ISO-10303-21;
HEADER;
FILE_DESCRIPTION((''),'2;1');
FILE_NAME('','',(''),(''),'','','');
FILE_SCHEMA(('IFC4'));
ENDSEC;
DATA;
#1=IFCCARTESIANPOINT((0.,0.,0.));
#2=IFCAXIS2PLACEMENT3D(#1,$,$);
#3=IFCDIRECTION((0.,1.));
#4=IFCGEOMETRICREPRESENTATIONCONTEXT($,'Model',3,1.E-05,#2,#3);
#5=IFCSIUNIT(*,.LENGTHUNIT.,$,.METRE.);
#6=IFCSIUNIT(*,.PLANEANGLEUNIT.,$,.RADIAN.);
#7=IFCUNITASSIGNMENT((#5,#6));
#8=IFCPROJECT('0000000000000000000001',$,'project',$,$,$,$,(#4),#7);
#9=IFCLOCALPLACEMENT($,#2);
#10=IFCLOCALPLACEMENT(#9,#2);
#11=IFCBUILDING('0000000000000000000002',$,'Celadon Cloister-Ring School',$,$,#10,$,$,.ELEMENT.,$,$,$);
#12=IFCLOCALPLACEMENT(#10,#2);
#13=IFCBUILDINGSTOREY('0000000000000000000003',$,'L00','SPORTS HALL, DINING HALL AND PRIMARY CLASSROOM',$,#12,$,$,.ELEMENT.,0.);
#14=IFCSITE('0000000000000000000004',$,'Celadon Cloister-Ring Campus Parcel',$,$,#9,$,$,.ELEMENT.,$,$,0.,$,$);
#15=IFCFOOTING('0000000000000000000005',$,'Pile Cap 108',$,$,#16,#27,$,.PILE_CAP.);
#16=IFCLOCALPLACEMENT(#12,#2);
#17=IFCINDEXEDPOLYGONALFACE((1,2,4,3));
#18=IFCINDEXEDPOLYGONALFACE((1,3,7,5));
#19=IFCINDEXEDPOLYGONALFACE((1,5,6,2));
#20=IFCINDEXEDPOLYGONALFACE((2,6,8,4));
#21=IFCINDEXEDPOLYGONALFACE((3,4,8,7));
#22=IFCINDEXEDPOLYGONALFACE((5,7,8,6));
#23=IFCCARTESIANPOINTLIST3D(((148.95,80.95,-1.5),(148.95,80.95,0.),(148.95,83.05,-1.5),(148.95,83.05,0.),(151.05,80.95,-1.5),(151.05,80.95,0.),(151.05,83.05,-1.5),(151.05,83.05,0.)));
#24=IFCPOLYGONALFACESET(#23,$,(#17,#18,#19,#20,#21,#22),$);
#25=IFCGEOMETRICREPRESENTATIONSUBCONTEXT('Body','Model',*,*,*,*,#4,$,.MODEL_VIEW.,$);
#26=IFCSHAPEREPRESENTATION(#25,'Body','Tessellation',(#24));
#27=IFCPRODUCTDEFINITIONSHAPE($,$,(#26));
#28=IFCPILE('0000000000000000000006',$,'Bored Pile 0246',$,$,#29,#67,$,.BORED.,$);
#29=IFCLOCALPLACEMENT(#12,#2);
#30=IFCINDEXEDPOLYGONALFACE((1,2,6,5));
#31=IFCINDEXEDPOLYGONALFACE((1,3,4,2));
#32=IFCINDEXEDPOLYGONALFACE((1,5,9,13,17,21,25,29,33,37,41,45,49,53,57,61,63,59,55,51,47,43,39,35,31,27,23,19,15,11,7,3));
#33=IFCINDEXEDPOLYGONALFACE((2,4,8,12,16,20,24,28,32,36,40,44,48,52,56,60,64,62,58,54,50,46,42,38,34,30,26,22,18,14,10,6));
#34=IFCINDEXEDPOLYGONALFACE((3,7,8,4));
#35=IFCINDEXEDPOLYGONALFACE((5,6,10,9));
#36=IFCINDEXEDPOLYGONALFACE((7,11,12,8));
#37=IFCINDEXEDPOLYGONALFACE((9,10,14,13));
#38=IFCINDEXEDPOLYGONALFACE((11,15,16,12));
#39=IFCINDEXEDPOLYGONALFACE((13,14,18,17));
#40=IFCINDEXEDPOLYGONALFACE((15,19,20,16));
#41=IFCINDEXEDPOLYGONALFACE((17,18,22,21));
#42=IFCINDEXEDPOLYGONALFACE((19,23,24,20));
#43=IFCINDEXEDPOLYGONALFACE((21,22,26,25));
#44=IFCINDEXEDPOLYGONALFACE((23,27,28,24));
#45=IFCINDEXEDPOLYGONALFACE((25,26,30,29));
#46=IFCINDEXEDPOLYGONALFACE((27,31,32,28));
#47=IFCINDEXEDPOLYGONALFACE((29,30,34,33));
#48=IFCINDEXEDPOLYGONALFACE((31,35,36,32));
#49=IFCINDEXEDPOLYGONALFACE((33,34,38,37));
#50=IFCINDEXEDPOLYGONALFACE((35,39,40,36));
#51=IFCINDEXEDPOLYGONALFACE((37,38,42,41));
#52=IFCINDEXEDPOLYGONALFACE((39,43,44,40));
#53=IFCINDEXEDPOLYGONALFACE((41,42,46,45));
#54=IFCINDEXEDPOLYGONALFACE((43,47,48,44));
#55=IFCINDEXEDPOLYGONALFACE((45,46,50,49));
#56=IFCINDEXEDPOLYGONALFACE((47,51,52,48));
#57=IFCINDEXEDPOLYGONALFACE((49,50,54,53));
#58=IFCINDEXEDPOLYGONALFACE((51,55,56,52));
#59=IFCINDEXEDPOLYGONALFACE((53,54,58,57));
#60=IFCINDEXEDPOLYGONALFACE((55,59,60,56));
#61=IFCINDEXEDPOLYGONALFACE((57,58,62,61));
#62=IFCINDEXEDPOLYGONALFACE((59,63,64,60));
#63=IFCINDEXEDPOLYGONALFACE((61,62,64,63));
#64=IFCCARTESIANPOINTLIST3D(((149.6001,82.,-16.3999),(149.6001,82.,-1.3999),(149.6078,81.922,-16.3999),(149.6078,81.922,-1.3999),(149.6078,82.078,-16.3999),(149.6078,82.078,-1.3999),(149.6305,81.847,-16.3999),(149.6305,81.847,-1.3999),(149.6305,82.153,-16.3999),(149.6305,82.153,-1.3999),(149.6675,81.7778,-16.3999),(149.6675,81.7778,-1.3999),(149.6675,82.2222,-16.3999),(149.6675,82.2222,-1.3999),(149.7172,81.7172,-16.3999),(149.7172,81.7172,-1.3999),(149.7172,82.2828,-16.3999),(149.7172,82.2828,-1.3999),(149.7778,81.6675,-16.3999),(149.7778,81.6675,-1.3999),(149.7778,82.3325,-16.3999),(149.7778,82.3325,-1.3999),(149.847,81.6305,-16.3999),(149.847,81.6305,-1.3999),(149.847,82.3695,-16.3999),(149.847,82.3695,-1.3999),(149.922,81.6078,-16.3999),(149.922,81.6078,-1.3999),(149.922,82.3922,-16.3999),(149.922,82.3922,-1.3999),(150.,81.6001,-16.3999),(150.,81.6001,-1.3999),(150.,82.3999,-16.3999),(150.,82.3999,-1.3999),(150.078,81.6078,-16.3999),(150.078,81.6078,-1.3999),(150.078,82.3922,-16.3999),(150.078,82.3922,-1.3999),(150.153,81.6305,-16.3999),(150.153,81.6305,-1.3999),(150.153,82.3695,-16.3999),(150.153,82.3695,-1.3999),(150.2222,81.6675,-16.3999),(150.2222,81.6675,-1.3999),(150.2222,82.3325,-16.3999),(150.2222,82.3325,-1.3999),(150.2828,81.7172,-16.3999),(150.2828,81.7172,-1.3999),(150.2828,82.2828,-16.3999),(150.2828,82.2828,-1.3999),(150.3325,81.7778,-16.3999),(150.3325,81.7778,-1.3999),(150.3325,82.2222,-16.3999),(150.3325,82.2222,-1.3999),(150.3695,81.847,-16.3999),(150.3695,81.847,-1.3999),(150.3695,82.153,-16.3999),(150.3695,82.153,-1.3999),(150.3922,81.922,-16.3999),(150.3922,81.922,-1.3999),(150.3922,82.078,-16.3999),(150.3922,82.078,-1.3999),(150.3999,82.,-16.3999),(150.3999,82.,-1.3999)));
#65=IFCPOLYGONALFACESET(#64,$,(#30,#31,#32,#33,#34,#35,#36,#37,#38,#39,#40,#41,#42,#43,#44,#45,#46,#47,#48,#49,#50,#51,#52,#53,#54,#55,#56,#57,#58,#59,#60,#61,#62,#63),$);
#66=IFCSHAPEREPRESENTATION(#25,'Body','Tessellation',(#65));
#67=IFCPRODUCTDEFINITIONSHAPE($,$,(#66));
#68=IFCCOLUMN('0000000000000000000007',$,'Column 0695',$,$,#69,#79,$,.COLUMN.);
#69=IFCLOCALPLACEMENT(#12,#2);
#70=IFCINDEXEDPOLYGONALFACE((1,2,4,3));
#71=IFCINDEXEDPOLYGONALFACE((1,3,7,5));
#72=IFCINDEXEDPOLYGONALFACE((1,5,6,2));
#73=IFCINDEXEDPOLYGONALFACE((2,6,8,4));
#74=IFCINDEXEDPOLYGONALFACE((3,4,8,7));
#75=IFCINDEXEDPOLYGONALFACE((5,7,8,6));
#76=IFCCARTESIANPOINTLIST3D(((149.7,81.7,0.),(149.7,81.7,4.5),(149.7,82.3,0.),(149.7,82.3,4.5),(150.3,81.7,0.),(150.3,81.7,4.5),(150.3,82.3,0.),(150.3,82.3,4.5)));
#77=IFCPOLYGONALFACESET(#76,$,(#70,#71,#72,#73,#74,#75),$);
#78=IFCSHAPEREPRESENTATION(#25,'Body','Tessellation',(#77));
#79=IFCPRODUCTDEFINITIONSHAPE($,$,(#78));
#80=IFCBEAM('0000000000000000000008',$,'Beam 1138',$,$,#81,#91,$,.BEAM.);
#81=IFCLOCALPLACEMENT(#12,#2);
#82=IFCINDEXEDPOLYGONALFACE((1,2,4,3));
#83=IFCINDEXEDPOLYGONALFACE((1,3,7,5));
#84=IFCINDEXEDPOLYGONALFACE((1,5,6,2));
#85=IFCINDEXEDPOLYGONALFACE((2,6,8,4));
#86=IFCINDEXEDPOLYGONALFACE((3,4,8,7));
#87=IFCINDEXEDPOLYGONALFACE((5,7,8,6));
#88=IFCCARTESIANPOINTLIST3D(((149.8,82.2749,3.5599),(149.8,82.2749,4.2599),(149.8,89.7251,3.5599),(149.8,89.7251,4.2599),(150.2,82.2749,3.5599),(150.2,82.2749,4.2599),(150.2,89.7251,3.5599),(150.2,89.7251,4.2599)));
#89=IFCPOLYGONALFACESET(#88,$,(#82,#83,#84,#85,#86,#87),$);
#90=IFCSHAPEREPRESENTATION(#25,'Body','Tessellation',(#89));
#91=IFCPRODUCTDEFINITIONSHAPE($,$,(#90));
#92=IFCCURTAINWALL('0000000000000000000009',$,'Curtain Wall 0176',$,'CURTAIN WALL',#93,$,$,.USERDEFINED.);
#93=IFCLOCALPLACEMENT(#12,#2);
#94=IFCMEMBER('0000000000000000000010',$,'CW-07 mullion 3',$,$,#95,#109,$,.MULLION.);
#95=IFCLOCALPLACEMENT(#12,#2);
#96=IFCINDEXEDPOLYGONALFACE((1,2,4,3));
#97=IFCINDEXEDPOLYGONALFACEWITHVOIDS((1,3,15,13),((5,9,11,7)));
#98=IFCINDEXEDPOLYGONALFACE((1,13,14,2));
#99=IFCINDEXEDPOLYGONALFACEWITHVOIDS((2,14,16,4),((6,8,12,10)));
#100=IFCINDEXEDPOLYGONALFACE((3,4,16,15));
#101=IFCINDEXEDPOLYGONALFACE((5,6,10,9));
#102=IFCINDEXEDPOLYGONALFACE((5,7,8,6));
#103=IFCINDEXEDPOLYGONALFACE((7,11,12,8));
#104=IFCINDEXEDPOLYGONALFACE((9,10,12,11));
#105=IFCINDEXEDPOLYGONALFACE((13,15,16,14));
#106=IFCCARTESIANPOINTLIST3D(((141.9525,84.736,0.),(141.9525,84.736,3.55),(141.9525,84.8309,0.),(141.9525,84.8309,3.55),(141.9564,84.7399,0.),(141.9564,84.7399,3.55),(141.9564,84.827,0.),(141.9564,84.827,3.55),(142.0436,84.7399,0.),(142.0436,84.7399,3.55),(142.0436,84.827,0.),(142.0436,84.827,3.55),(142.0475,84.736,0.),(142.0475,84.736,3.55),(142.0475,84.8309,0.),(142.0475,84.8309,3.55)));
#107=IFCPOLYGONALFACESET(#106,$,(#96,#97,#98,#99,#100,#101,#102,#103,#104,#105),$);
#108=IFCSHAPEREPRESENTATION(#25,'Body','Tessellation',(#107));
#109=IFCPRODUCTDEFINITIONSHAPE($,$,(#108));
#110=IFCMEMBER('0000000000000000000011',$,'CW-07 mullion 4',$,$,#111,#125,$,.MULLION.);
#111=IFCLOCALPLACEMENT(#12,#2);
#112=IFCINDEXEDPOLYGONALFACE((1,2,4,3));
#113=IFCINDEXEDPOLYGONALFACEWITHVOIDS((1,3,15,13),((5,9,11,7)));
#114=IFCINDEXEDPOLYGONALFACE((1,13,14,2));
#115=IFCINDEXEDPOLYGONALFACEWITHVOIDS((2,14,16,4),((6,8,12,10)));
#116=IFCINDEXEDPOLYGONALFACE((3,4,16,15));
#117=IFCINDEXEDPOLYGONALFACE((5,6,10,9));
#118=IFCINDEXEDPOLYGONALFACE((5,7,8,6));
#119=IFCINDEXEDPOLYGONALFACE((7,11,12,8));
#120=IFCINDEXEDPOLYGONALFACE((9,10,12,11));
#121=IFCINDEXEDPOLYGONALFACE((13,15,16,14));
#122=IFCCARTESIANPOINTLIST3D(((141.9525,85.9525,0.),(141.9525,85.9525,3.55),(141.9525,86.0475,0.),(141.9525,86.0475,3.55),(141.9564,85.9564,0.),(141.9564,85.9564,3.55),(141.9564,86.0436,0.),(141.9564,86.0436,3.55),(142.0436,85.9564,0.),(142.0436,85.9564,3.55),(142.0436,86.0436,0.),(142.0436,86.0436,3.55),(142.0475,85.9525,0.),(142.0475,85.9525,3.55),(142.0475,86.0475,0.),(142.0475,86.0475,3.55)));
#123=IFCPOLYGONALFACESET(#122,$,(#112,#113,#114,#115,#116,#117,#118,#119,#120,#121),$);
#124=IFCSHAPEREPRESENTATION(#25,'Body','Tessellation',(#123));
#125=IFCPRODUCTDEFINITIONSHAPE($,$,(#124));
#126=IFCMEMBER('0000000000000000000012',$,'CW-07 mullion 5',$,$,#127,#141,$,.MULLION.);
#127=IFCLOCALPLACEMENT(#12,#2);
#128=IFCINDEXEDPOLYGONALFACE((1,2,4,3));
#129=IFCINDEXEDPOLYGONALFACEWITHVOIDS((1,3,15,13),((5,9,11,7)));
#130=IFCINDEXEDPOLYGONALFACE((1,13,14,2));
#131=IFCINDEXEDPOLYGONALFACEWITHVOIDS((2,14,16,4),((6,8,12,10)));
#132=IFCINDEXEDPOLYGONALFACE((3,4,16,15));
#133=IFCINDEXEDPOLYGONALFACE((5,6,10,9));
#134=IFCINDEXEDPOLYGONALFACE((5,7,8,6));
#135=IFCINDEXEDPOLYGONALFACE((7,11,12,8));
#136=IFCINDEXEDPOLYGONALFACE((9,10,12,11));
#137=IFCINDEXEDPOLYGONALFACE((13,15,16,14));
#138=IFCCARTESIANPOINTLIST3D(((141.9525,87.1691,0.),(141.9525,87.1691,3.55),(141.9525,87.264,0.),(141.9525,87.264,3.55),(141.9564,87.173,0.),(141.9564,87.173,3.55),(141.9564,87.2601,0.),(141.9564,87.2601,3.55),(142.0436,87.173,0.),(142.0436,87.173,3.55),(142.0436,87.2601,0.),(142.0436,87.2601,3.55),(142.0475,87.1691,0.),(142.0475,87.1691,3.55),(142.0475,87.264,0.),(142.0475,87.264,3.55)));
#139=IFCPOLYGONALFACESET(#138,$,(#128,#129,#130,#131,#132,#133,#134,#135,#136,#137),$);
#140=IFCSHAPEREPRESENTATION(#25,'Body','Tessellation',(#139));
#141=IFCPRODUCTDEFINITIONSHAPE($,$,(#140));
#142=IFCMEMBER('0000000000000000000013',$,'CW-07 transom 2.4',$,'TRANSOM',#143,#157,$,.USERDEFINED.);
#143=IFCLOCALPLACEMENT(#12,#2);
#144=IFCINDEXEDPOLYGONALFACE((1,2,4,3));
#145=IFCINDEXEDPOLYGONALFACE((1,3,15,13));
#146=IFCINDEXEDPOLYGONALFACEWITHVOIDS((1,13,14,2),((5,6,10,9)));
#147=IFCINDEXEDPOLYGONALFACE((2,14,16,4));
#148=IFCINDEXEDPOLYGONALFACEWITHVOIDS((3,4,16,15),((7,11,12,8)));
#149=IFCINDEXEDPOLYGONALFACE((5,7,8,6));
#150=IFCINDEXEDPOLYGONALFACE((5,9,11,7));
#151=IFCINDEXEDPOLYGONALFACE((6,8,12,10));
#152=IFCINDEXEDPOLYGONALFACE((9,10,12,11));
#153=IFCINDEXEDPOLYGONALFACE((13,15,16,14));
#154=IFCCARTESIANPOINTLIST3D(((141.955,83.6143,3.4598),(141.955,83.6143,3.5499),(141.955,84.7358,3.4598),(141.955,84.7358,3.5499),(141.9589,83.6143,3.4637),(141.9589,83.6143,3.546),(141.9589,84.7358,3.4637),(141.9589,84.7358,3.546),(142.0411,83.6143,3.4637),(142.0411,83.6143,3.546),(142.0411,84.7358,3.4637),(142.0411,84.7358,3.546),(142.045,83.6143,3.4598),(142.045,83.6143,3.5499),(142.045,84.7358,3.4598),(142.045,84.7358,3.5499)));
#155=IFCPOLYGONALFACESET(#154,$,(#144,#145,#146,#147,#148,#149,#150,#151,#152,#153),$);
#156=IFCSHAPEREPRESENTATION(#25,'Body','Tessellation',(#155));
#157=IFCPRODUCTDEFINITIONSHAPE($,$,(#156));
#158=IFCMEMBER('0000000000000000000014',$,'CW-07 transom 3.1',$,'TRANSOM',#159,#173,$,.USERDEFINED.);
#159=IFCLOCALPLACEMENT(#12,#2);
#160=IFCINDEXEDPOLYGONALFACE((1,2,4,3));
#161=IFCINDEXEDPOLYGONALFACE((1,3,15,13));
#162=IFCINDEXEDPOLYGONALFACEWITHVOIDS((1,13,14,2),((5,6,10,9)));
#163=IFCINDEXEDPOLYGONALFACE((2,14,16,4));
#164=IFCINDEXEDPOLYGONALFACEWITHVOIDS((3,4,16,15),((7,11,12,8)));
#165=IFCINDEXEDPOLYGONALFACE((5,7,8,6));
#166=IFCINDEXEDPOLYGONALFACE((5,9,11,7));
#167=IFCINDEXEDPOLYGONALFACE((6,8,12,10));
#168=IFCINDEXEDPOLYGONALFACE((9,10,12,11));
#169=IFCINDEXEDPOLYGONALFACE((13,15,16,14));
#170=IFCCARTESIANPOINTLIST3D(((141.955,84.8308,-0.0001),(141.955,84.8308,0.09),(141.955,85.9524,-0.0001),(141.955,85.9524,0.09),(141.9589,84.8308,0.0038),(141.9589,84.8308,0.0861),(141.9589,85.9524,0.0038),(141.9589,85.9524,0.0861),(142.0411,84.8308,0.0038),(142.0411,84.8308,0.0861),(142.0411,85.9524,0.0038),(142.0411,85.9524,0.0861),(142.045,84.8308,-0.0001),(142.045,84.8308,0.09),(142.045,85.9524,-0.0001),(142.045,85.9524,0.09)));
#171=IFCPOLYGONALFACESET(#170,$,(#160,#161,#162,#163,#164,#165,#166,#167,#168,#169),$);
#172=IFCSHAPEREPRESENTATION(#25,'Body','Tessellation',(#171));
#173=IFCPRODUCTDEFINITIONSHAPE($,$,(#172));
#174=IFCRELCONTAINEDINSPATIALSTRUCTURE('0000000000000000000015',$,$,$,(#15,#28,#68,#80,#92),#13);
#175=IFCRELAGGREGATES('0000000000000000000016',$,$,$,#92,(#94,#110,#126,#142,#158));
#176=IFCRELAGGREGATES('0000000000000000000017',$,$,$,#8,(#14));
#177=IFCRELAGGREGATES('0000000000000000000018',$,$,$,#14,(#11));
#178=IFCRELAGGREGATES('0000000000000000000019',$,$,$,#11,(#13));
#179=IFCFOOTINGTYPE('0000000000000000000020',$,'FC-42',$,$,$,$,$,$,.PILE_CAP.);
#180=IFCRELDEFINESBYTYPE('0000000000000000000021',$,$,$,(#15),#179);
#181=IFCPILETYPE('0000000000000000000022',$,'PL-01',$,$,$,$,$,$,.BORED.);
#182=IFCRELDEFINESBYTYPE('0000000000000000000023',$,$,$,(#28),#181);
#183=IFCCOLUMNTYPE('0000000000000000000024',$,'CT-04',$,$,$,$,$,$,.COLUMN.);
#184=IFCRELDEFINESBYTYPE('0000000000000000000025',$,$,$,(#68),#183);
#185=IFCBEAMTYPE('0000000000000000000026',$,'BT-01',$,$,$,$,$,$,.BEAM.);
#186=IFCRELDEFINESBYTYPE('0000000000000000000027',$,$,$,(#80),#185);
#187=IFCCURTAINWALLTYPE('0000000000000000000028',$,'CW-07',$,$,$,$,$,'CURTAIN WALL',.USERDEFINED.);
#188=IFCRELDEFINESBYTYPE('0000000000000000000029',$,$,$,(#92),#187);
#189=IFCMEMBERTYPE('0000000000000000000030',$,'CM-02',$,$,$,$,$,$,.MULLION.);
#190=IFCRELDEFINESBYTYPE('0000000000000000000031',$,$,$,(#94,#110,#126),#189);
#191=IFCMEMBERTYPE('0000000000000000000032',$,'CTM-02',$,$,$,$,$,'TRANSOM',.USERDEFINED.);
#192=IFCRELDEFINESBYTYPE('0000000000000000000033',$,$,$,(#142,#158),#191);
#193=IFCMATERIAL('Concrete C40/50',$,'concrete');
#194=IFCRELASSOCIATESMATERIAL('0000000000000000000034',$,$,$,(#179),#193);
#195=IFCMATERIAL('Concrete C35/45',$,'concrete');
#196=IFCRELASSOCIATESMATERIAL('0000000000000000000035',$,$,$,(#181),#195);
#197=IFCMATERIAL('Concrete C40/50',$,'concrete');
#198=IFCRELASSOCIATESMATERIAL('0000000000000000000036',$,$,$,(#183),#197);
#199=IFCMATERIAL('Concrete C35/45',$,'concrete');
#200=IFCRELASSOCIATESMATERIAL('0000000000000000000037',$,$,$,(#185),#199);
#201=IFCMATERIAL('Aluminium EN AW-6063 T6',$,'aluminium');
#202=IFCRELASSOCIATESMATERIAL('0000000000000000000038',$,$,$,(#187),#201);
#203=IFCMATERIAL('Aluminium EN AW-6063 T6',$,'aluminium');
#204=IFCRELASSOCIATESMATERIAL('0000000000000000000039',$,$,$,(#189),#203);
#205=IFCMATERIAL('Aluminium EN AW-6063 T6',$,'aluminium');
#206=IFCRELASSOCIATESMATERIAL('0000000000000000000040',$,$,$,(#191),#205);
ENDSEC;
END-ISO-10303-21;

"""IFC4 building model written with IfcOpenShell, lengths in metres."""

from ifc_helpers import new_model, si_unit, direction, frame, origin, origin_2d, place, context, subcontext, project, spatial, rectangle, hollow_rectangle, circle, extrude, material, material_profile, profile_set, type_object, element, aggregate, save


model = new_model("IFC4")

# Units and contexts
model_context = context("Model", 3, precision=1e-05, world=origin(), true_north=direction((0.0, 1.0)))
body_context = subcontext(model_context, "Body", "Model", "MODEL_VIEW")
ifc_project = project(units=[si_unit("LENGTHUNIT", "METRE"), si_unit("PLANEANGLEUNIT", "RADIAN")], contexts=[model_context])

# Site, building, storey
site_placement = place(None, origin())
site = spatial("IfcSite", under=ifc_project, at=site_placement, Name="Celadon Cloister-Ring Campus Parcel", CompositionType="ELEMENT", RefElevation=0.0)
building_placement = place(site_placement, origin())
building = spatial("IfcBuilding", under=site, at=building_placement, Name="Celadon Cloister-Ring School", CompositionType="ELEMENT")
storey_placement = place(building_placement, origin())
storey = spatial("IfcBuildingStorey", under=building, at=storey_placement, Name="L00", Description="SPORTS HALL, DINING HALL AND PRIMARY CLASSROOM", CompositionType="ELEMENT", Elevation=0.0)

# Footing
ifc_material_1 = material(Name="Concrete C40/50", Category="concrete")
footing_type = type_object("IfcFootingType", Name="FC-42", PredefinedType="PILE_CAP", material=ifc_material_1)
footing_placement = place(storey_placement, frame((150.0, 82.0, -1.5), z_axis=(0.0, 0.0, 1.0), x_axis=(1.0, 0.0, 0.0)))
element("IfcFooting", 1, at=footing_placement, inside=storey, type_object=footing_type, Name="Pile Cap 108", PredefinedType="PILE_CAP", context=body_context, shape_type="SweptSolid", body=[
    extrude(rectangle(XDim=2.1001, YDim=2.1001, at=origin_2d()), origin(), (0.0, 0.0, 1.0), 1.5),
])

# Pile
ifc_material_2 = material(Name="Concrete C35/45", Category="concrete")
ifc_material_profile_1 = material_profile(ifc_material_2, circle(Radius=0.3999, at=origin_2d()), Name="PILE800")
ifc_profile_set_1 = profile_set([ifc_material_profile_1], Name="Concrete C35/45")
pile_type = type_object("IfcPileType", Name="PL-01", PredefinedType="BORED", material=ifc_profile_set_1)
pile_placement = place(storey_placement, frame((150.0, 82.0, -1.3999), z_axis=(0.0, 0.0, -1.0), x_axis=(1.0, 0.0, 0.0)))
element("IfcPile", 2, at=pile_placement, inside=storey, type_object=pile_type, Name="Bored Pile 0246", PredefinedType="BORED", context=body_context, shape_type="SweptSolid", body=[
    extrude(circle(Radius=0.3999, at=origin_2d()), origin(), (0.0, 0.0, 1.0), 15.0),
])

# Column
ifc_material_3 = material(Name="Concrete C40/50", Category="concrete")
ifc_material_profile_2 = material_profile(ifc_material_3, rectangle(XDim=0.6001, YDim=0.6001, at=origin_2d()), Name="RC600X600")
ifc_profile_set_2 = profile_set([ifc_material_profile_2], Name="Concrete C40/50")
column_type = type_object("IfcColumnType", Name="CT-04", PredefinedType="COLUMN", material=ifc_profile_set_2)
column_placement = place(storey_placement, frame((150.0, 82.0, 0.0), z_axis=(0.0, 0.0, 1.0), x_axis=(1.0, 0.0, 0.0)))
element("IfcColumn", 3, at=column_placement, inside=storey, type_object=column_type, Name="Column 0695", PredefinedType="COLUMN", context=body_context, shape_type="SweptSolid", body=[
    extrude(rectangle(XDim=0.6001, YDim=0.6001, at=origin_2d()), origin(), (0.0, 0.0, 1.0), 4.5),
])

# Beam
ifc_material_4 = material(Name="Concrete C35/45", Category="concrete")
ifc_material_profile_3 = material_profile(ifc_material_4, rectangle(XDim=0.3999, YDim=0.7, at=origin_2d()), Name="RC400X700")
ifc_profile_set_3 = profile_set([ifc_material_profile_3], Name="Concrete C35/45")
beam_type = type_object("IfcBeamType", Name="BT-01", PredefinedType="BEAM", material=ifc_profile_set_3)
beam_placement = place(storey_placement, frame((150.0, 82.2749, 3.9099), z_axis=(0.0, 1.0, 0.0), x_axis=(-1.0, 0.0, 0.0)))
element("IfcBeam", 4, at=beam_placement, inside=storey, type_object=beam_type, Name="Beam 1138", PredefinedType="BEAM", context=body_context, shape_type="SweptSolid", body=[
    extrude(rectangle(XDim=0.3999, YDim=0.7, at=origin_2d()), origin(), (0.0, 0.0, 1.0), 7.4502),
])

# Curtain wall, members
ifc_material_5 = material(Name="Aluminium EN AW-6063 T6", Category="aluminium")
curtain_wall_type = type_object("IfcCurtainWallType", Name="CW-07", ElementType="CURTAIN WALL", PredefinedType="USERDEFINED", material=ifc_material_5)
curtain_wall_placement = place(storey_placement, origin())
curtain_wall = element("IfcCurtainWall", 5, at=curtain_wall_placement, inside=storey, type_object=curtain_wall_type, Name="Curtain Wall 0176", ObjectType="CURTAIN WALL", PredefinedType="USERDEFINED")
ifc_material_6 = material(Name="Aluminium EN AW-6063 T6", Category="aluminium")
ifc_material_profile_4 = material_profile(ifc_material_6, hollow_rectangle(XDim=0.095, YDim=0.095, WallThickness=0.0039, at=origin_2d()), Name="RHS95X95X4")
ifc_profile_set_4 = profile_set([ifc_material_profile_4], Name="Aluminium EN AW-6063 T6")
member_type_1 = type_object("IfcMemberType", Name="CM-02", PredefinedType="MULLION", material=ifc_profile_set_4)
member_1_placement = place(storey_placement, frame((142.0, 84.7834, 0.0), z_axis=(0.0, 0.0, 1.0), x_axis=(-1.0, 0.0, 0.0)))
member_1 = element("IfcMember", 6, at=member_1_placement, type_object=member_type_1, Name="CW-07 mullion 3", PredefinedType="MULLION", context=body_context, shape_type="SweptSolid", body=[
    extrude(hollow_rectangle(XDim=0.095, YDim=0.095, WallThickness=0.0039, at=origin_2d()), origin(), (0.0, 0.0, 1.0), 3.55),
])
member_2_placement = place(storey_placement, frame((142.0, 86.0, 0.0), z_axis=(0.0, 0.0, 1.0), x_axis=(-1.0, 0.0, 0.0)))
member_2 = element("IfcMember", 7, at=member_2_placement, type_object=member_type_1, Name="CW-07 mullion 4", PredefinedType="MULLION", context=body_context, shape_type="SweptSolid", body=[
    extrude(hollow_rectangle(XDim=0.095, YDim=0.095, WallThickness=0.0039, at=origin_2d()), origin(), (0.0, 0.0, 1.0), 3.55),
])
member_3_placement = place(storey_placement, frame((142.0, 87.2166, 0.0), z_axis=(0.0, 0.0, 1.0), x_axis=(-1.0, 0.0, 0.0)))
member_3 = element("IfcMember", 8, at=member_3_placement, type_object=member_type_1, Name="CW-07 mullion 5", PredefinedType="MULLION", context=body_context, shape_type="SweptSolid", body=[
    extrude(hollow_rectangle(XDim=0.095, YDim=0.095, WallThickness=0.0039, at=origin_2d()), origin(), (0.0, 0.0, 1.0), 3.55),
])
ifc_material_7 = material(Name="Aluminium EN AW-6063 T6", Category="aluminium")
ifc_material_profile_5 = material_profile(ifc_material_7, hollow_rectangle(XDim=0.0901, YDim=0.0901, WallThickness=0.0039, at=origin_2d()), Name="RHS90X90X4")
ifc_profile_set_5 = profile_set([ifc_material_profile_5], Name="Aluminium EN AW-6063 T6")
member_type_2 = type_object("IfcMemberType", Name="CTM-02", ElementType="TRANSOM", PredefinedType="USERDEFINED", material=ifc_profile_set_5)
member_4_placement = place(storey_placement, frame((142.0, 83.6143, 3.5049), z_axis=(0.0, 1.0, 0.0), x_axis=(-1.0, 0.0, 0.0)))
member_4 = element("IfcMember", 9, at=member_4_placement, type_object=member_type_2, Name="CW-07 transom 2.4", ObjectType="TRANSOM", PredefinedType="USERDEFINED", context=body_context, shape_type="SweptSolid", body=[
    extrude(hollow_rectangle(XDim=0.0901, YDim=0.0901, WallThickness=0.0039, at=origin_2d()), origin(), (0.0, 0.0, 1.0), 1.1216),
])
member_5_placement = place(storey_placement, frame((142.0, 84.8308, 0.0449), z_axis=(0.0, 1.0, 0.0), x_axis=(-1.0, 0.0, 0.0)))
member_5 = element("IfcMember", 10, at=member_5_placement, type_object=member_type_2, Name="CW-07 transom 3.1", ObjectType="TRANSOM", PredefinedType="USERDEFINED", context=body_context, shape_type="SweptSolid", body=[
    extrude(hollow_rectangle(XDim=0.0901, YDim=0.0901, WallThickness=0.0039, at=origin_2d()), origin(), (0.0, 0.0, 1.0), 1.1216),
])
aggregate(curtain_wall, [member_1, member_2, member_3, member_4, member_5])

save(model, "model.ifc")
